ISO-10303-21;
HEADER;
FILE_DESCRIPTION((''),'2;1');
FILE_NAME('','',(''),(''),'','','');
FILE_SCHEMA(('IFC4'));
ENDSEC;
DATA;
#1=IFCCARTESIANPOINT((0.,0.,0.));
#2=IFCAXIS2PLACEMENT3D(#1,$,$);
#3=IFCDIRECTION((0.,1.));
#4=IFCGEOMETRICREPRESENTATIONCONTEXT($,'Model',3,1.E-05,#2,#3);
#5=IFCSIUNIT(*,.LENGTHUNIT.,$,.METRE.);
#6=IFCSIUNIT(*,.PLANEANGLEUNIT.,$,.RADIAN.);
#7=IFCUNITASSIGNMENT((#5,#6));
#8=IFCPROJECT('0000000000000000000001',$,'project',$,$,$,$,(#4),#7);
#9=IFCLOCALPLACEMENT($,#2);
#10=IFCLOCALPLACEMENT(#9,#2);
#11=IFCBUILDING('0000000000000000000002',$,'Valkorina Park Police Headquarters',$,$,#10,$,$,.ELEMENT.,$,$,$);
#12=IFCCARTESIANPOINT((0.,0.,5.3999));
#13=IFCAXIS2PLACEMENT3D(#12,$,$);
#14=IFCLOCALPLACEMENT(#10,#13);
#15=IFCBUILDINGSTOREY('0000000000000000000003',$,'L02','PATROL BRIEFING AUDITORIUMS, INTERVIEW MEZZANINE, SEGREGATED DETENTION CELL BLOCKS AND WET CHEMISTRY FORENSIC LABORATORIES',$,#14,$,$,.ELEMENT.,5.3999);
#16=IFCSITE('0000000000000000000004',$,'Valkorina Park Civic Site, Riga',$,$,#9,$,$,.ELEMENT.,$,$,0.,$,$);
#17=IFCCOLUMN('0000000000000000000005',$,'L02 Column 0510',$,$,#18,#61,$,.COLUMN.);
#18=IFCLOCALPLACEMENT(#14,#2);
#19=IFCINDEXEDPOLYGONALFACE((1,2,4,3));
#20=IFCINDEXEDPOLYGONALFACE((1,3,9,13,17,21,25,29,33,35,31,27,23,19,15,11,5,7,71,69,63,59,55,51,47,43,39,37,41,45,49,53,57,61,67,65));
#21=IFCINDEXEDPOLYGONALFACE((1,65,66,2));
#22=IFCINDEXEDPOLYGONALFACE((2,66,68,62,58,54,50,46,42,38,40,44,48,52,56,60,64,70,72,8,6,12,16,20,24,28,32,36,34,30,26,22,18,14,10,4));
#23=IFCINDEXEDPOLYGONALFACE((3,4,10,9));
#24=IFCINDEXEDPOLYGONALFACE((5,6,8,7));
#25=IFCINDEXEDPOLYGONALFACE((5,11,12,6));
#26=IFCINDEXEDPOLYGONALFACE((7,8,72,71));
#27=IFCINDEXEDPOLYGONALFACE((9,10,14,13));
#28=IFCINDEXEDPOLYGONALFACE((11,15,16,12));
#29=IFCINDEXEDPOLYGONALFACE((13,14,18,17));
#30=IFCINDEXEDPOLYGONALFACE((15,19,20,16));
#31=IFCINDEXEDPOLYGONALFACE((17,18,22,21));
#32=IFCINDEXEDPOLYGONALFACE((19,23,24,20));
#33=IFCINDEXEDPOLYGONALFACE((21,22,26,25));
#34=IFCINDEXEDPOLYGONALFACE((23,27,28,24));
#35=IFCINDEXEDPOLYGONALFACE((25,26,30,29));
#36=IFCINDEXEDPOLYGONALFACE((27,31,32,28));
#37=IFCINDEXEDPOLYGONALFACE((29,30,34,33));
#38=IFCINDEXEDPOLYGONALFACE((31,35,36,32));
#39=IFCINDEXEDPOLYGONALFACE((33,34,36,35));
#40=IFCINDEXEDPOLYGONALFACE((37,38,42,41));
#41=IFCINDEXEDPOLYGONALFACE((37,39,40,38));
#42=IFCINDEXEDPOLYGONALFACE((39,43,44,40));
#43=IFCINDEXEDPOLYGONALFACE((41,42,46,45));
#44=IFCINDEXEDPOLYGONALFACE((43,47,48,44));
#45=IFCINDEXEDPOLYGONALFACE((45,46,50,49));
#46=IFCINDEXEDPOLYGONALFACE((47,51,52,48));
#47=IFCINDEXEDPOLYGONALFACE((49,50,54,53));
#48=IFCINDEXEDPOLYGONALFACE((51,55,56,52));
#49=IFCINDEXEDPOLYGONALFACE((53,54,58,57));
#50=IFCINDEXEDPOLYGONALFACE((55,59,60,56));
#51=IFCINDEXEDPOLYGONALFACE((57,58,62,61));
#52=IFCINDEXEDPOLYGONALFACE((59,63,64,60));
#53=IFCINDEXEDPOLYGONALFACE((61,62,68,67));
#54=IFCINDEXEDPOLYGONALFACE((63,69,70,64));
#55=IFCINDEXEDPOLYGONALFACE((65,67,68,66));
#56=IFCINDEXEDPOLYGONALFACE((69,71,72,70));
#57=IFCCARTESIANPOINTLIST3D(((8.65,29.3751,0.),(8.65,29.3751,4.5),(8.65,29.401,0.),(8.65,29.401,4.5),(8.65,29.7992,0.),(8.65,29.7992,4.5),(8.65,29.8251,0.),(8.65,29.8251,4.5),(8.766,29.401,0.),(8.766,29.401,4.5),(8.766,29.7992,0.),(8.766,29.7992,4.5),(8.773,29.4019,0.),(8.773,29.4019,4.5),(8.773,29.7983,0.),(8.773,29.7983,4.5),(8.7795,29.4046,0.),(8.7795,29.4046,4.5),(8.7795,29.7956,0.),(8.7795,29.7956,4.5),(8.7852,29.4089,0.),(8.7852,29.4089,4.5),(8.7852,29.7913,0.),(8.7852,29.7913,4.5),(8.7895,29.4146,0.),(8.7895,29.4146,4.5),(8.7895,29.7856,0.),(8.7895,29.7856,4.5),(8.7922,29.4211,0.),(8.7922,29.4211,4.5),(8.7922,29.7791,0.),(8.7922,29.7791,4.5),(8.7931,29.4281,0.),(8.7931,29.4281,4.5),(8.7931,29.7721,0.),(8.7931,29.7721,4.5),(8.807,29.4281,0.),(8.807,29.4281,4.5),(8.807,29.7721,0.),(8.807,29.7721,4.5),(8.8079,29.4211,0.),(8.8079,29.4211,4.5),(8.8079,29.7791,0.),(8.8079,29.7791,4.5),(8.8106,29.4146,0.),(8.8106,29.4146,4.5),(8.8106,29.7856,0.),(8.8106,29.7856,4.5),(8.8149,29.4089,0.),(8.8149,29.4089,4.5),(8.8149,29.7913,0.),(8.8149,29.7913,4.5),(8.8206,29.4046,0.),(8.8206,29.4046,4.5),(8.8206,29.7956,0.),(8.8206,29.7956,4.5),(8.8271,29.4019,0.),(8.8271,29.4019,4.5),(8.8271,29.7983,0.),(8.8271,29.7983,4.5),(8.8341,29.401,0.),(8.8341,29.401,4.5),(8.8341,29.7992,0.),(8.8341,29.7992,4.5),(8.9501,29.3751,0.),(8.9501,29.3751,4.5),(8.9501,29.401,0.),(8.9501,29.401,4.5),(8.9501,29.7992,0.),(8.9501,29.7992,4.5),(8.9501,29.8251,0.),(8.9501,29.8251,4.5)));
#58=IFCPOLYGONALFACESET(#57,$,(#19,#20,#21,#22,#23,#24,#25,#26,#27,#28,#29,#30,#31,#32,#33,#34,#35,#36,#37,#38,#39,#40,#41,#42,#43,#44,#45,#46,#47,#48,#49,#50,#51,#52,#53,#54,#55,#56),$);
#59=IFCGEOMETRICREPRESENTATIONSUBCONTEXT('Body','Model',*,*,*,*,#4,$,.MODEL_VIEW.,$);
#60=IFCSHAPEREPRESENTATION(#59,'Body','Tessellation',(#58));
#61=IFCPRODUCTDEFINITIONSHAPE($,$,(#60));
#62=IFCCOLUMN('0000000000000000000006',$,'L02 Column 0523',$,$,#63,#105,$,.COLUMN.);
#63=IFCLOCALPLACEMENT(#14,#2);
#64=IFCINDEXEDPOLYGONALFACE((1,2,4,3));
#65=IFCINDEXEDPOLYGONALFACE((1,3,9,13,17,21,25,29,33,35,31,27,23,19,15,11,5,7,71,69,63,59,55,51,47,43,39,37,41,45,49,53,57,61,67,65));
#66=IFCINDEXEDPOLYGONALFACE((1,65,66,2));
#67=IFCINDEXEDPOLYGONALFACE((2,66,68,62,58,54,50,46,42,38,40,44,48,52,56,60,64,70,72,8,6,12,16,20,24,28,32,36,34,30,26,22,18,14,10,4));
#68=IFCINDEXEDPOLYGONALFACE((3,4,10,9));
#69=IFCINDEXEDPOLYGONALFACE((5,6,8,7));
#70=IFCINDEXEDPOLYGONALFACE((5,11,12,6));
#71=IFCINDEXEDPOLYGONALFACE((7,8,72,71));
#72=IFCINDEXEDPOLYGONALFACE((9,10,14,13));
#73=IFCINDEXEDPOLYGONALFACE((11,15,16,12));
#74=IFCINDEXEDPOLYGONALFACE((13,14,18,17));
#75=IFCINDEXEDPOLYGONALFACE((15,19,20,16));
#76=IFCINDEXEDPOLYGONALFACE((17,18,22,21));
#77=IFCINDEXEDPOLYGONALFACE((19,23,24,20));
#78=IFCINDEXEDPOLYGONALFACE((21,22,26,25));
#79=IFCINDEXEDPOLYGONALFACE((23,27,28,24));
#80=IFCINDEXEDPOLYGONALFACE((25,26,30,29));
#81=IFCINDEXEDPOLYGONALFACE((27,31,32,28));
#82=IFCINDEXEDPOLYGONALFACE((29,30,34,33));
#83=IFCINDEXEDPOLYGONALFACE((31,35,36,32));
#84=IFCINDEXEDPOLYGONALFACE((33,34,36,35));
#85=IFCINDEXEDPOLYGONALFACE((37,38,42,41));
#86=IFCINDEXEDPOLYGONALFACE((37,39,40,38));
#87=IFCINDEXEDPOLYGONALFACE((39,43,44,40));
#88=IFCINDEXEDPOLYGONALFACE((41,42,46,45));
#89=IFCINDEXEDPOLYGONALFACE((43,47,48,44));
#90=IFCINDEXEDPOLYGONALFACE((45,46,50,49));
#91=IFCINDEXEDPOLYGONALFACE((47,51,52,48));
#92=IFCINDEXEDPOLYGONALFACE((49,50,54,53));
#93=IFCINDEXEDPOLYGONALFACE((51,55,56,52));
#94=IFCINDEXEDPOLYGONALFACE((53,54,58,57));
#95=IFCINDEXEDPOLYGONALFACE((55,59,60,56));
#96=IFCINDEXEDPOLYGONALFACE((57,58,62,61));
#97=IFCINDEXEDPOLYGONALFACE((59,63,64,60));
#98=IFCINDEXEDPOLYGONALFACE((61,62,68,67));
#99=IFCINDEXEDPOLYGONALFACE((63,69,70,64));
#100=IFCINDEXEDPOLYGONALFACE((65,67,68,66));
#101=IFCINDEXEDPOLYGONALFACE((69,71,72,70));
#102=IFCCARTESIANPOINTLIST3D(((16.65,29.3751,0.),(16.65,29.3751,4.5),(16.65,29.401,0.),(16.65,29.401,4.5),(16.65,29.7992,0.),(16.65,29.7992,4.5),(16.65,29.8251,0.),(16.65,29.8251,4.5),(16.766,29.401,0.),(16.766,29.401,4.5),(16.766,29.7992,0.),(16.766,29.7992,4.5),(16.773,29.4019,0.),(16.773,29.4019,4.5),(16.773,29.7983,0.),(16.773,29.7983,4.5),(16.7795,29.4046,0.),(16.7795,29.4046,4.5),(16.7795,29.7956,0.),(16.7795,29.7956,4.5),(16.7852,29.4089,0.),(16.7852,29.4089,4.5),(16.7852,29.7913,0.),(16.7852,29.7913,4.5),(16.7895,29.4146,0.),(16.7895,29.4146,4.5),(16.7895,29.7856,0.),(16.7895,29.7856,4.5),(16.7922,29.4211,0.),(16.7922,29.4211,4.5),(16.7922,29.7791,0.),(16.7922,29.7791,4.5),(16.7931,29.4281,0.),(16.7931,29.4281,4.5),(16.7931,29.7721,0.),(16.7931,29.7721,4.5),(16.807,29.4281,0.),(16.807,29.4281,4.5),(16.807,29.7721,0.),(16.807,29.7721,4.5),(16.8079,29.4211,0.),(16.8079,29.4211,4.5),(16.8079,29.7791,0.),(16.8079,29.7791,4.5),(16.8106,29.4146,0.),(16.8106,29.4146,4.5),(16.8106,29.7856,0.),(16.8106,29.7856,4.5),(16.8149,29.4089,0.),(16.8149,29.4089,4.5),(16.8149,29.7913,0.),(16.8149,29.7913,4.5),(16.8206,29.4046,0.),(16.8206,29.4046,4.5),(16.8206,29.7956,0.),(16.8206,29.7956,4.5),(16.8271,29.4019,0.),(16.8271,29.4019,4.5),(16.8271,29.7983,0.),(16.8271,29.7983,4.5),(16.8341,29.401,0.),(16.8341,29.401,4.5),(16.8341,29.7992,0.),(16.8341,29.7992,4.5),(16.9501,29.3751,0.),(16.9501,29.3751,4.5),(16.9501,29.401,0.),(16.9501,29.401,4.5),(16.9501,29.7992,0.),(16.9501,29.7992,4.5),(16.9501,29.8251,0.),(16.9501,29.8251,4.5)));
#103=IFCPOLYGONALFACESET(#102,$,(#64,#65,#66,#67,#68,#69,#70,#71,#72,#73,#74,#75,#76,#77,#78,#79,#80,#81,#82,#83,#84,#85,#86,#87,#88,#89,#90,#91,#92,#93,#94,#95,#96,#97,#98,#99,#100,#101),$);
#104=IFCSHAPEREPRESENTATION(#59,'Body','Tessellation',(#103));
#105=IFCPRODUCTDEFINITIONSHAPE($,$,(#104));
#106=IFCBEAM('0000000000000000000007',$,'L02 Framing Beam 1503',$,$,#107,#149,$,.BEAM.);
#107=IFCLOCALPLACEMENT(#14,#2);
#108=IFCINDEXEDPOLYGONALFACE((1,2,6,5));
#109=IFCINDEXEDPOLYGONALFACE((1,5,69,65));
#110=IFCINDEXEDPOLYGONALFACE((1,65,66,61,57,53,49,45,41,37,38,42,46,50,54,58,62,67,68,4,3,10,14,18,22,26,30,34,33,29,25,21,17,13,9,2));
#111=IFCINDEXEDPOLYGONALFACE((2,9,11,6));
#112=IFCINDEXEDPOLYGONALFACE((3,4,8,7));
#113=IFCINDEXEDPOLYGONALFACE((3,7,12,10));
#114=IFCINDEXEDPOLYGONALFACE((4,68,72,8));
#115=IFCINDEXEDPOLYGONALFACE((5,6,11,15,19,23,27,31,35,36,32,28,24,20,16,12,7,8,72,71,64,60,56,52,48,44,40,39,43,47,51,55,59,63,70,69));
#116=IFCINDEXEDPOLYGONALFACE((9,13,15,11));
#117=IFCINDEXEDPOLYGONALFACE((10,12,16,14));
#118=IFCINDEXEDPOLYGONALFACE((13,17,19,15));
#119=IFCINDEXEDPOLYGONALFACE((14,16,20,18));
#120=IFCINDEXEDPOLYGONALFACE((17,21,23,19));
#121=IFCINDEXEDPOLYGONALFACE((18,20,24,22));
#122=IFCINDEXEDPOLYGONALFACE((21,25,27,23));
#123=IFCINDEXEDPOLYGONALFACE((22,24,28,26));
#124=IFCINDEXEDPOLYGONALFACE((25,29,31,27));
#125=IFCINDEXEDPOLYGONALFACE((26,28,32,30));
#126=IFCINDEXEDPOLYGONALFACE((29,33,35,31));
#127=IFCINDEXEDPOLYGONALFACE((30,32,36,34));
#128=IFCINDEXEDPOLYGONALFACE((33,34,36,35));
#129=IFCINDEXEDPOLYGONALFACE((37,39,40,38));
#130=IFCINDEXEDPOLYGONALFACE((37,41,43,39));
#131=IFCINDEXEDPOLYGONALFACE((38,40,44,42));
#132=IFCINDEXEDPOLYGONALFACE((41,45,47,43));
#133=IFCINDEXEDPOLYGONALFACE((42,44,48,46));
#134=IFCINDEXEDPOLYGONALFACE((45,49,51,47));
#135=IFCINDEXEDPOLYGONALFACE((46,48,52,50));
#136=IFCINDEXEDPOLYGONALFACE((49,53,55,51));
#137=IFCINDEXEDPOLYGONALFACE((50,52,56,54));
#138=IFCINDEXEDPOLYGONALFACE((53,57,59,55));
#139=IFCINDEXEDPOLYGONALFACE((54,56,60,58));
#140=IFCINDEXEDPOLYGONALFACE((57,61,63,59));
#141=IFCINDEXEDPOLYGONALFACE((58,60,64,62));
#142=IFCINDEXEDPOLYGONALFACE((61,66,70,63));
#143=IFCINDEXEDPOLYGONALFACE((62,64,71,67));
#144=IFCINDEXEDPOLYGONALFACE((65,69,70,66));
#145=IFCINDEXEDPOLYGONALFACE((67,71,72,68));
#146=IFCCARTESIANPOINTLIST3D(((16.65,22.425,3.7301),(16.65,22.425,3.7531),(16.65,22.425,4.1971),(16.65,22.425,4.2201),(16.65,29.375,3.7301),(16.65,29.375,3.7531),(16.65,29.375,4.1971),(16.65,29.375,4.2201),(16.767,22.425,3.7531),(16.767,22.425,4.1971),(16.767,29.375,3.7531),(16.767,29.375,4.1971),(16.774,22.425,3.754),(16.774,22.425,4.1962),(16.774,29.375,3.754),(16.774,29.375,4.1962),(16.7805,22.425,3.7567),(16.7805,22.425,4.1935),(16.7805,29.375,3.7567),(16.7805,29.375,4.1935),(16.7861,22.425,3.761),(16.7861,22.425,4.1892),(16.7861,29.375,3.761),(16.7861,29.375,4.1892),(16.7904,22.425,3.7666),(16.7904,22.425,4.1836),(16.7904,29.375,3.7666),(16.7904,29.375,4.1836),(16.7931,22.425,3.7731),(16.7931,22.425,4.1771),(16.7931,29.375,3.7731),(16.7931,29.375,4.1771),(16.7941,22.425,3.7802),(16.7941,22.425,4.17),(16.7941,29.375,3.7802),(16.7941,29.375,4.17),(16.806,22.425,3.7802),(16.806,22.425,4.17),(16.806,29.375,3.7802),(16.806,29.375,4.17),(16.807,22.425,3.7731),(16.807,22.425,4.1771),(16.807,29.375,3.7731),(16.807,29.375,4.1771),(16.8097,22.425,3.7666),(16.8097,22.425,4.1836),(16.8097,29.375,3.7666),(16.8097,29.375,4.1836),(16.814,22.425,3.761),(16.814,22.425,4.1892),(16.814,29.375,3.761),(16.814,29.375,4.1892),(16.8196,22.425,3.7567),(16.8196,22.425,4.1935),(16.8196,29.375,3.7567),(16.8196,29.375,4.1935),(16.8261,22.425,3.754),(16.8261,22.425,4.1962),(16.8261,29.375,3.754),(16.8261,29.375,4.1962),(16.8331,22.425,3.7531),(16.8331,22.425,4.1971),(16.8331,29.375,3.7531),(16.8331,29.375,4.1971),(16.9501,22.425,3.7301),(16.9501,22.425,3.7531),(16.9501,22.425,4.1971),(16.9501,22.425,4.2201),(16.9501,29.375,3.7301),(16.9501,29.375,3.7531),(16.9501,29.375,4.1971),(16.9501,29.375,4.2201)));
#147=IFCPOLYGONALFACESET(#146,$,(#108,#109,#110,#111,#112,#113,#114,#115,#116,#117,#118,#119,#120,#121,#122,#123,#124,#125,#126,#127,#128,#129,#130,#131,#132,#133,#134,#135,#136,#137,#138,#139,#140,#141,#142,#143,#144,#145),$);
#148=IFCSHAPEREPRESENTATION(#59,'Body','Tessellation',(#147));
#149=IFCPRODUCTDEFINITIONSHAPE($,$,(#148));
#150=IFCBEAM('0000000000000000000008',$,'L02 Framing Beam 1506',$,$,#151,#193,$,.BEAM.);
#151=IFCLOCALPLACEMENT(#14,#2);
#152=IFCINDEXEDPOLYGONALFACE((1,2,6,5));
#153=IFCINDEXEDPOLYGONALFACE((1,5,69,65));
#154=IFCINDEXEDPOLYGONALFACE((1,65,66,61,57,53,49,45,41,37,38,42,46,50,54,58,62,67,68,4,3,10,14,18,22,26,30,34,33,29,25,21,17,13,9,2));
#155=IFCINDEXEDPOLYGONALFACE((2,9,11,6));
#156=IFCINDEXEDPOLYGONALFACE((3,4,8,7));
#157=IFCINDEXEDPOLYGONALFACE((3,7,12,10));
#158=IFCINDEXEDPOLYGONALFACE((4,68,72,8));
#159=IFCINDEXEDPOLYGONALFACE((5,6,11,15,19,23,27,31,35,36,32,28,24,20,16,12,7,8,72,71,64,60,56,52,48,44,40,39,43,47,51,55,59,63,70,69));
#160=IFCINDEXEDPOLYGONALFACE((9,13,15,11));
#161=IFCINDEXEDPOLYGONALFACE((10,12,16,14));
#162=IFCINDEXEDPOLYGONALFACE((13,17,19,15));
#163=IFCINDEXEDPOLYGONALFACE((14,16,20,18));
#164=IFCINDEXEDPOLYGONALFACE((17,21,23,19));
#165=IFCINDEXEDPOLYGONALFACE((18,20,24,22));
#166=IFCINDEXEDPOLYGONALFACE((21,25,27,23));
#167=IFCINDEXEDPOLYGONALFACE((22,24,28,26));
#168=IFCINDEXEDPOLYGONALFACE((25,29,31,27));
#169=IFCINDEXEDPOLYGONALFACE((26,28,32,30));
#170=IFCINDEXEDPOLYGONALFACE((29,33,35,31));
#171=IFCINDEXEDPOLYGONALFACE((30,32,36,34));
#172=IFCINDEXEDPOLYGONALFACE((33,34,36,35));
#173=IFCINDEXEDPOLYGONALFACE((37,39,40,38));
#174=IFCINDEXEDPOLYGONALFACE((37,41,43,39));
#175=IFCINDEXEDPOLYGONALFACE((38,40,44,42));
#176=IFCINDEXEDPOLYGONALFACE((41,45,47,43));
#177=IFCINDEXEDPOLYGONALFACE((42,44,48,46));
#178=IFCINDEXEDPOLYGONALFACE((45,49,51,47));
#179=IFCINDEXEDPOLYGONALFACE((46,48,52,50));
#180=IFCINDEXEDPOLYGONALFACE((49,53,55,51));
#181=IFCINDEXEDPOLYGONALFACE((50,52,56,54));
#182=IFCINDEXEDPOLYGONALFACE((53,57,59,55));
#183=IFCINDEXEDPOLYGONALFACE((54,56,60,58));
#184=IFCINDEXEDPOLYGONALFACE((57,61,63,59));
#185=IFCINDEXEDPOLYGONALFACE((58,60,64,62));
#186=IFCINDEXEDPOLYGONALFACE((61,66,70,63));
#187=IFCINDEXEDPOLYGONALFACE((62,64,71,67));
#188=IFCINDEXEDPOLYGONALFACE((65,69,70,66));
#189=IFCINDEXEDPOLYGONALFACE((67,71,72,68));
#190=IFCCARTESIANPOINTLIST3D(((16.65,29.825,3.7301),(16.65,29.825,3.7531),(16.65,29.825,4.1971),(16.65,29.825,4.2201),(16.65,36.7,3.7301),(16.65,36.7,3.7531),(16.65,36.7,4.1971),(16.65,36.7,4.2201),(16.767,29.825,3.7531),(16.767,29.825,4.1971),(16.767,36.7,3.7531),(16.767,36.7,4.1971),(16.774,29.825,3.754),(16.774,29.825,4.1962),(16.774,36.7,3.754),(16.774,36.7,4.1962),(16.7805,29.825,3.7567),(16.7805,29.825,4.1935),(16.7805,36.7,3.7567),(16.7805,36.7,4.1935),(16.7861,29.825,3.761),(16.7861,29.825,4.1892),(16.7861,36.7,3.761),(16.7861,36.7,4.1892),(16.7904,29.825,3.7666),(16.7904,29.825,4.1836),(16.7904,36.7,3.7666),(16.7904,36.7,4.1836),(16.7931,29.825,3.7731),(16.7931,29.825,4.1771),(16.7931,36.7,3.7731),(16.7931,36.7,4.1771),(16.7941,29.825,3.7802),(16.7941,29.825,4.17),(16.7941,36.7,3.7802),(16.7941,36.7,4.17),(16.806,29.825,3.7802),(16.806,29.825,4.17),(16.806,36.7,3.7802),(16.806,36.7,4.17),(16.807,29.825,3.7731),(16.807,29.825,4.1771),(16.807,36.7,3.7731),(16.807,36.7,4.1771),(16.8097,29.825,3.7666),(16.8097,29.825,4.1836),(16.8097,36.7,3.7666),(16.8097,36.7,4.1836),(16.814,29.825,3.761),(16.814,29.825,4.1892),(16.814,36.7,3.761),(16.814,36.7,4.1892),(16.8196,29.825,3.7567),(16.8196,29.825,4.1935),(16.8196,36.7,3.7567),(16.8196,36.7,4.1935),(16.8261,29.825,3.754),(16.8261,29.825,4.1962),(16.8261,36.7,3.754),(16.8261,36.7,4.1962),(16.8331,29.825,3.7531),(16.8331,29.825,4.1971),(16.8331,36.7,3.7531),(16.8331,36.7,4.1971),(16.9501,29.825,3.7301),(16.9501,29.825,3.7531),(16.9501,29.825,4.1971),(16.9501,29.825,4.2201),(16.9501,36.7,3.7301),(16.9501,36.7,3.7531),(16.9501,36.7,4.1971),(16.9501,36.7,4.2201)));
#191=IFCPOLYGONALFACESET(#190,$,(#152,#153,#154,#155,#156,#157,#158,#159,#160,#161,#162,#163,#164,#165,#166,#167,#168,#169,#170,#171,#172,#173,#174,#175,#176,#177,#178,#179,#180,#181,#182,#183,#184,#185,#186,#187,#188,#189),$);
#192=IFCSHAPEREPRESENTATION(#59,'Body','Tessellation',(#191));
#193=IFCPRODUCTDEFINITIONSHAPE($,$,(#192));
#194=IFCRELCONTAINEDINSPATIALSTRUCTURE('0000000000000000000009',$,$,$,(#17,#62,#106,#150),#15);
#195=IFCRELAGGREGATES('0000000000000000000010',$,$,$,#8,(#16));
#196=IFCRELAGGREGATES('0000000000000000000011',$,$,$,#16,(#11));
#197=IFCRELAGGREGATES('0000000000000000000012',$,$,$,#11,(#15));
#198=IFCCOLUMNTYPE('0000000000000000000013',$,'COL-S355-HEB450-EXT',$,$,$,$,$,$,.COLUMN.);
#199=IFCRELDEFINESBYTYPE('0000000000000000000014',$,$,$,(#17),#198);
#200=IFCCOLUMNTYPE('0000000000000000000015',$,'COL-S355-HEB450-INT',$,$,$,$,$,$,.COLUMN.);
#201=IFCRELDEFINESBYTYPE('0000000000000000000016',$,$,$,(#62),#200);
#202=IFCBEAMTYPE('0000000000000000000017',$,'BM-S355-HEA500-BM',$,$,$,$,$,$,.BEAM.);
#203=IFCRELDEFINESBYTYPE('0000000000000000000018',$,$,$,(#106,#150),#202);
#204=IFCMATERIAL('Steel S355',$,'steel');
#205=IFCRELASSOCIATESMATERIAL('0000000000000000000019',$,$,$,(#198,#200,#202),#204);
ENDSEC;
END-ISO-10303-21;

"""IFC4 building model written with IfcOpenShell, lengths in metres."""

from ifc_helpers import new_model, si_unit, direction, frame, origin, origin_2d, place, context, subcontext, project, spatial, i_section, extrude, material, material_profile, profile_set, type_object, element, save


model = new_model("IFC4")

# Units and contexts
model_context = context("Model", 3, precision=1e-05, world=origin(), true_north=direction((0.0, 1.0)))
body_context = subcontext(model_context, "Body", "Model", "MODEL_VIEW")
ifc_project = project(units=[si_unit("LENGTHUNIT", "METRE"), si_unit("PLANEANGLEUNIT", "RADIAN")], contexts=[model_context])

# Site, building, storey
site_placement = place(None, origin())
site = spatial("IfcSite", under=ifc_project, at=site_placement, Name="Valkorina Park Civic Site, Riga", CompositionType="ELEMENT", RefElevation=0.0)
building_placement = place(site_placement, origin())
building = spatial("IfcBuilding", under=site, at=building_placement, Name="Valkorina Park Police Headquarters", CompositionType="ELEMENT")
storey_placement = place(building_placement, frame((0.0, 0.0, 5.3999)))
storey = spatial("IfcBuildingStorey", under=building, at=storey_placement, Name="L02", Description="PATROL BRIEFING AUDITORIUMS, INTERVIEW MEZZANINE, SEGREGATED DETENTION CELL BLOCKS AND WET CHEMISTRY FORENSIC LABORATORIES", CompositionType="ELEMENT", Elevation=5.3999)

# Columns
ifc_material_1 = material(Name="Steel S355", Category="steel")
ifc_material_profile_1 = material_profile(ifc_material_1, i_section(OverallWidth=0.3, OverallDepth=0.45, WebThickness=0.0139, FlangeThickness=0.0259, FilletRadius=0.0271, at=origin_2d()), Name="HEB 450")
ifc_profile_set_1 = profile_set([ifc_material_profile_1], Name="Steel S355")
column_type_1 = type_object("IfcColumnType", Name="COL-S355-HEB450-EXT", PredefinedType="COLUMN", material=ifc_profile_set_1)
column_1_placement = place(storey_placement, frame((8.8, 29.6001, 0.0), z_axis=(0.0, 0.0, 1.0), x_axis=(1.0, 0.0, 0.0)))
element("IfcColumn", 1, at=column_1_placement, inside=storey, type_object=column_type_1, Name="L02 Column 0510", PredefinedType="COLUMN", context=body_context, shape_type="SweptSolid", body=[
    extrude(i_section(OverallWidth=0.3, OverallDepth=0.45, WebThickness=0.0139, FlangeThickness=0.0259, FilletRadius=0.0271, at=origin_2d()), origin(), (0.0, 0.0, 1.0), 4.5),
])
ifc_material_profile_2 = material_profile(ifc_material_1, i_section(OverallWidth=0.3, OverallDepth=0.45, WebThickness=0.0139, FlangeThickness=0.0259, FilletRadius=0.0271, at=origin_2d()), Name="HEB 450")
ifc_profile_set_2 = profile_set([ifc_material_profile_2], Name="Steel S355")
column_type_2 = type_object("IfcColumnType", Name="COL-S355-HEB450-INT", PredefinedType="COLUMN", material=ifc_profile_set_2)
column_2_placement = place(storey_placement, frame((16.8, 29.6001, 0.0), z_axis=(0.0, 0.0, 1.0), x_axis=(1.0, 0.0, 0.0)))
element("IfcColumn", 2, at=column_2_placement, inside=storey, type_object=column_type_2, Name="L02 Column 0523", PredefinedType="COLUMN", context=body_context, shape_type="SweptSolid", body=[
    extrude(i_section(OverallWidth=0.3, OverallDepth=0.45, WebThickness=0.0139, FlangeThickness=0.0259, FilletRadius=0.0271, at=origin_2d()), origin(), (0.0, 0.0, 1.0), 4.5),
])

# Beams
ifc_material_profile_3 = material_profile(ifc_material_1, i_section(OverallWidth=0.3, OverallDepth=0.49, WebThickness=0.012, FlangeThickness=0.0229, FilletRadius=0.0271, at=origin_2d()), Name="HEA 500")
ifc_profile_set_3 = profile_set([ifc_material_profile_3], Name="Steel S355")
beam_type_1 = type_object("IfcBeamType", Name="BM-S355-HEA500-BM", PredefinedType="BEAM", material=ifc_profile_set_3)
beam_1_placement = place(storey_placement, frame((16.8, 22.425, 3.9751), z_axis=(0.0, 1.0, 0.0), x_axis=(-1.0, 0.0, 0.0)))
element("IfcBeam", 3, at=beam_1_placement, inside=storey, type_object=beam_type_1, Name="L02 Framing Beam 1503", PredefinedType="BEAM", context=body_context, shape_type="SweptSolid", body=[
    extrude(i_section(OverallWidth=0.3, OverallDepth=0.49, WebThickness=0.012, FlangeThickness=0.0229, FilletRadius=0.0271, at=origin_2d()), origin(), (0.0, 0.0, 1.0), 6.95),
])
beam_2_placement = place(storey_placement, frame((16.8, 29.825, 3.9751), z_axis=(0.0, 1.0, 0.0), x_axis=(-1.0, 0.0, 0.0)))
element("IfcBeam", 4, at=beam_2_placement, inside=storey, type_object=beam_type_1, Name="L02 Framing Beam 1506", PredefinedType="BEAM", context=body_context, shape_type="SweptSolid", body=[
    extrude(i_section(OverallWidth=0.3, OverallDepth=0.49, WebThickness=0.012, FlangeThickness=0.0229, FilletRadius=0.0271, at=origin_2d()), origin(), (0.0, 0.0, 1.0), 6.875),
])

save(model, "model.ifc")
